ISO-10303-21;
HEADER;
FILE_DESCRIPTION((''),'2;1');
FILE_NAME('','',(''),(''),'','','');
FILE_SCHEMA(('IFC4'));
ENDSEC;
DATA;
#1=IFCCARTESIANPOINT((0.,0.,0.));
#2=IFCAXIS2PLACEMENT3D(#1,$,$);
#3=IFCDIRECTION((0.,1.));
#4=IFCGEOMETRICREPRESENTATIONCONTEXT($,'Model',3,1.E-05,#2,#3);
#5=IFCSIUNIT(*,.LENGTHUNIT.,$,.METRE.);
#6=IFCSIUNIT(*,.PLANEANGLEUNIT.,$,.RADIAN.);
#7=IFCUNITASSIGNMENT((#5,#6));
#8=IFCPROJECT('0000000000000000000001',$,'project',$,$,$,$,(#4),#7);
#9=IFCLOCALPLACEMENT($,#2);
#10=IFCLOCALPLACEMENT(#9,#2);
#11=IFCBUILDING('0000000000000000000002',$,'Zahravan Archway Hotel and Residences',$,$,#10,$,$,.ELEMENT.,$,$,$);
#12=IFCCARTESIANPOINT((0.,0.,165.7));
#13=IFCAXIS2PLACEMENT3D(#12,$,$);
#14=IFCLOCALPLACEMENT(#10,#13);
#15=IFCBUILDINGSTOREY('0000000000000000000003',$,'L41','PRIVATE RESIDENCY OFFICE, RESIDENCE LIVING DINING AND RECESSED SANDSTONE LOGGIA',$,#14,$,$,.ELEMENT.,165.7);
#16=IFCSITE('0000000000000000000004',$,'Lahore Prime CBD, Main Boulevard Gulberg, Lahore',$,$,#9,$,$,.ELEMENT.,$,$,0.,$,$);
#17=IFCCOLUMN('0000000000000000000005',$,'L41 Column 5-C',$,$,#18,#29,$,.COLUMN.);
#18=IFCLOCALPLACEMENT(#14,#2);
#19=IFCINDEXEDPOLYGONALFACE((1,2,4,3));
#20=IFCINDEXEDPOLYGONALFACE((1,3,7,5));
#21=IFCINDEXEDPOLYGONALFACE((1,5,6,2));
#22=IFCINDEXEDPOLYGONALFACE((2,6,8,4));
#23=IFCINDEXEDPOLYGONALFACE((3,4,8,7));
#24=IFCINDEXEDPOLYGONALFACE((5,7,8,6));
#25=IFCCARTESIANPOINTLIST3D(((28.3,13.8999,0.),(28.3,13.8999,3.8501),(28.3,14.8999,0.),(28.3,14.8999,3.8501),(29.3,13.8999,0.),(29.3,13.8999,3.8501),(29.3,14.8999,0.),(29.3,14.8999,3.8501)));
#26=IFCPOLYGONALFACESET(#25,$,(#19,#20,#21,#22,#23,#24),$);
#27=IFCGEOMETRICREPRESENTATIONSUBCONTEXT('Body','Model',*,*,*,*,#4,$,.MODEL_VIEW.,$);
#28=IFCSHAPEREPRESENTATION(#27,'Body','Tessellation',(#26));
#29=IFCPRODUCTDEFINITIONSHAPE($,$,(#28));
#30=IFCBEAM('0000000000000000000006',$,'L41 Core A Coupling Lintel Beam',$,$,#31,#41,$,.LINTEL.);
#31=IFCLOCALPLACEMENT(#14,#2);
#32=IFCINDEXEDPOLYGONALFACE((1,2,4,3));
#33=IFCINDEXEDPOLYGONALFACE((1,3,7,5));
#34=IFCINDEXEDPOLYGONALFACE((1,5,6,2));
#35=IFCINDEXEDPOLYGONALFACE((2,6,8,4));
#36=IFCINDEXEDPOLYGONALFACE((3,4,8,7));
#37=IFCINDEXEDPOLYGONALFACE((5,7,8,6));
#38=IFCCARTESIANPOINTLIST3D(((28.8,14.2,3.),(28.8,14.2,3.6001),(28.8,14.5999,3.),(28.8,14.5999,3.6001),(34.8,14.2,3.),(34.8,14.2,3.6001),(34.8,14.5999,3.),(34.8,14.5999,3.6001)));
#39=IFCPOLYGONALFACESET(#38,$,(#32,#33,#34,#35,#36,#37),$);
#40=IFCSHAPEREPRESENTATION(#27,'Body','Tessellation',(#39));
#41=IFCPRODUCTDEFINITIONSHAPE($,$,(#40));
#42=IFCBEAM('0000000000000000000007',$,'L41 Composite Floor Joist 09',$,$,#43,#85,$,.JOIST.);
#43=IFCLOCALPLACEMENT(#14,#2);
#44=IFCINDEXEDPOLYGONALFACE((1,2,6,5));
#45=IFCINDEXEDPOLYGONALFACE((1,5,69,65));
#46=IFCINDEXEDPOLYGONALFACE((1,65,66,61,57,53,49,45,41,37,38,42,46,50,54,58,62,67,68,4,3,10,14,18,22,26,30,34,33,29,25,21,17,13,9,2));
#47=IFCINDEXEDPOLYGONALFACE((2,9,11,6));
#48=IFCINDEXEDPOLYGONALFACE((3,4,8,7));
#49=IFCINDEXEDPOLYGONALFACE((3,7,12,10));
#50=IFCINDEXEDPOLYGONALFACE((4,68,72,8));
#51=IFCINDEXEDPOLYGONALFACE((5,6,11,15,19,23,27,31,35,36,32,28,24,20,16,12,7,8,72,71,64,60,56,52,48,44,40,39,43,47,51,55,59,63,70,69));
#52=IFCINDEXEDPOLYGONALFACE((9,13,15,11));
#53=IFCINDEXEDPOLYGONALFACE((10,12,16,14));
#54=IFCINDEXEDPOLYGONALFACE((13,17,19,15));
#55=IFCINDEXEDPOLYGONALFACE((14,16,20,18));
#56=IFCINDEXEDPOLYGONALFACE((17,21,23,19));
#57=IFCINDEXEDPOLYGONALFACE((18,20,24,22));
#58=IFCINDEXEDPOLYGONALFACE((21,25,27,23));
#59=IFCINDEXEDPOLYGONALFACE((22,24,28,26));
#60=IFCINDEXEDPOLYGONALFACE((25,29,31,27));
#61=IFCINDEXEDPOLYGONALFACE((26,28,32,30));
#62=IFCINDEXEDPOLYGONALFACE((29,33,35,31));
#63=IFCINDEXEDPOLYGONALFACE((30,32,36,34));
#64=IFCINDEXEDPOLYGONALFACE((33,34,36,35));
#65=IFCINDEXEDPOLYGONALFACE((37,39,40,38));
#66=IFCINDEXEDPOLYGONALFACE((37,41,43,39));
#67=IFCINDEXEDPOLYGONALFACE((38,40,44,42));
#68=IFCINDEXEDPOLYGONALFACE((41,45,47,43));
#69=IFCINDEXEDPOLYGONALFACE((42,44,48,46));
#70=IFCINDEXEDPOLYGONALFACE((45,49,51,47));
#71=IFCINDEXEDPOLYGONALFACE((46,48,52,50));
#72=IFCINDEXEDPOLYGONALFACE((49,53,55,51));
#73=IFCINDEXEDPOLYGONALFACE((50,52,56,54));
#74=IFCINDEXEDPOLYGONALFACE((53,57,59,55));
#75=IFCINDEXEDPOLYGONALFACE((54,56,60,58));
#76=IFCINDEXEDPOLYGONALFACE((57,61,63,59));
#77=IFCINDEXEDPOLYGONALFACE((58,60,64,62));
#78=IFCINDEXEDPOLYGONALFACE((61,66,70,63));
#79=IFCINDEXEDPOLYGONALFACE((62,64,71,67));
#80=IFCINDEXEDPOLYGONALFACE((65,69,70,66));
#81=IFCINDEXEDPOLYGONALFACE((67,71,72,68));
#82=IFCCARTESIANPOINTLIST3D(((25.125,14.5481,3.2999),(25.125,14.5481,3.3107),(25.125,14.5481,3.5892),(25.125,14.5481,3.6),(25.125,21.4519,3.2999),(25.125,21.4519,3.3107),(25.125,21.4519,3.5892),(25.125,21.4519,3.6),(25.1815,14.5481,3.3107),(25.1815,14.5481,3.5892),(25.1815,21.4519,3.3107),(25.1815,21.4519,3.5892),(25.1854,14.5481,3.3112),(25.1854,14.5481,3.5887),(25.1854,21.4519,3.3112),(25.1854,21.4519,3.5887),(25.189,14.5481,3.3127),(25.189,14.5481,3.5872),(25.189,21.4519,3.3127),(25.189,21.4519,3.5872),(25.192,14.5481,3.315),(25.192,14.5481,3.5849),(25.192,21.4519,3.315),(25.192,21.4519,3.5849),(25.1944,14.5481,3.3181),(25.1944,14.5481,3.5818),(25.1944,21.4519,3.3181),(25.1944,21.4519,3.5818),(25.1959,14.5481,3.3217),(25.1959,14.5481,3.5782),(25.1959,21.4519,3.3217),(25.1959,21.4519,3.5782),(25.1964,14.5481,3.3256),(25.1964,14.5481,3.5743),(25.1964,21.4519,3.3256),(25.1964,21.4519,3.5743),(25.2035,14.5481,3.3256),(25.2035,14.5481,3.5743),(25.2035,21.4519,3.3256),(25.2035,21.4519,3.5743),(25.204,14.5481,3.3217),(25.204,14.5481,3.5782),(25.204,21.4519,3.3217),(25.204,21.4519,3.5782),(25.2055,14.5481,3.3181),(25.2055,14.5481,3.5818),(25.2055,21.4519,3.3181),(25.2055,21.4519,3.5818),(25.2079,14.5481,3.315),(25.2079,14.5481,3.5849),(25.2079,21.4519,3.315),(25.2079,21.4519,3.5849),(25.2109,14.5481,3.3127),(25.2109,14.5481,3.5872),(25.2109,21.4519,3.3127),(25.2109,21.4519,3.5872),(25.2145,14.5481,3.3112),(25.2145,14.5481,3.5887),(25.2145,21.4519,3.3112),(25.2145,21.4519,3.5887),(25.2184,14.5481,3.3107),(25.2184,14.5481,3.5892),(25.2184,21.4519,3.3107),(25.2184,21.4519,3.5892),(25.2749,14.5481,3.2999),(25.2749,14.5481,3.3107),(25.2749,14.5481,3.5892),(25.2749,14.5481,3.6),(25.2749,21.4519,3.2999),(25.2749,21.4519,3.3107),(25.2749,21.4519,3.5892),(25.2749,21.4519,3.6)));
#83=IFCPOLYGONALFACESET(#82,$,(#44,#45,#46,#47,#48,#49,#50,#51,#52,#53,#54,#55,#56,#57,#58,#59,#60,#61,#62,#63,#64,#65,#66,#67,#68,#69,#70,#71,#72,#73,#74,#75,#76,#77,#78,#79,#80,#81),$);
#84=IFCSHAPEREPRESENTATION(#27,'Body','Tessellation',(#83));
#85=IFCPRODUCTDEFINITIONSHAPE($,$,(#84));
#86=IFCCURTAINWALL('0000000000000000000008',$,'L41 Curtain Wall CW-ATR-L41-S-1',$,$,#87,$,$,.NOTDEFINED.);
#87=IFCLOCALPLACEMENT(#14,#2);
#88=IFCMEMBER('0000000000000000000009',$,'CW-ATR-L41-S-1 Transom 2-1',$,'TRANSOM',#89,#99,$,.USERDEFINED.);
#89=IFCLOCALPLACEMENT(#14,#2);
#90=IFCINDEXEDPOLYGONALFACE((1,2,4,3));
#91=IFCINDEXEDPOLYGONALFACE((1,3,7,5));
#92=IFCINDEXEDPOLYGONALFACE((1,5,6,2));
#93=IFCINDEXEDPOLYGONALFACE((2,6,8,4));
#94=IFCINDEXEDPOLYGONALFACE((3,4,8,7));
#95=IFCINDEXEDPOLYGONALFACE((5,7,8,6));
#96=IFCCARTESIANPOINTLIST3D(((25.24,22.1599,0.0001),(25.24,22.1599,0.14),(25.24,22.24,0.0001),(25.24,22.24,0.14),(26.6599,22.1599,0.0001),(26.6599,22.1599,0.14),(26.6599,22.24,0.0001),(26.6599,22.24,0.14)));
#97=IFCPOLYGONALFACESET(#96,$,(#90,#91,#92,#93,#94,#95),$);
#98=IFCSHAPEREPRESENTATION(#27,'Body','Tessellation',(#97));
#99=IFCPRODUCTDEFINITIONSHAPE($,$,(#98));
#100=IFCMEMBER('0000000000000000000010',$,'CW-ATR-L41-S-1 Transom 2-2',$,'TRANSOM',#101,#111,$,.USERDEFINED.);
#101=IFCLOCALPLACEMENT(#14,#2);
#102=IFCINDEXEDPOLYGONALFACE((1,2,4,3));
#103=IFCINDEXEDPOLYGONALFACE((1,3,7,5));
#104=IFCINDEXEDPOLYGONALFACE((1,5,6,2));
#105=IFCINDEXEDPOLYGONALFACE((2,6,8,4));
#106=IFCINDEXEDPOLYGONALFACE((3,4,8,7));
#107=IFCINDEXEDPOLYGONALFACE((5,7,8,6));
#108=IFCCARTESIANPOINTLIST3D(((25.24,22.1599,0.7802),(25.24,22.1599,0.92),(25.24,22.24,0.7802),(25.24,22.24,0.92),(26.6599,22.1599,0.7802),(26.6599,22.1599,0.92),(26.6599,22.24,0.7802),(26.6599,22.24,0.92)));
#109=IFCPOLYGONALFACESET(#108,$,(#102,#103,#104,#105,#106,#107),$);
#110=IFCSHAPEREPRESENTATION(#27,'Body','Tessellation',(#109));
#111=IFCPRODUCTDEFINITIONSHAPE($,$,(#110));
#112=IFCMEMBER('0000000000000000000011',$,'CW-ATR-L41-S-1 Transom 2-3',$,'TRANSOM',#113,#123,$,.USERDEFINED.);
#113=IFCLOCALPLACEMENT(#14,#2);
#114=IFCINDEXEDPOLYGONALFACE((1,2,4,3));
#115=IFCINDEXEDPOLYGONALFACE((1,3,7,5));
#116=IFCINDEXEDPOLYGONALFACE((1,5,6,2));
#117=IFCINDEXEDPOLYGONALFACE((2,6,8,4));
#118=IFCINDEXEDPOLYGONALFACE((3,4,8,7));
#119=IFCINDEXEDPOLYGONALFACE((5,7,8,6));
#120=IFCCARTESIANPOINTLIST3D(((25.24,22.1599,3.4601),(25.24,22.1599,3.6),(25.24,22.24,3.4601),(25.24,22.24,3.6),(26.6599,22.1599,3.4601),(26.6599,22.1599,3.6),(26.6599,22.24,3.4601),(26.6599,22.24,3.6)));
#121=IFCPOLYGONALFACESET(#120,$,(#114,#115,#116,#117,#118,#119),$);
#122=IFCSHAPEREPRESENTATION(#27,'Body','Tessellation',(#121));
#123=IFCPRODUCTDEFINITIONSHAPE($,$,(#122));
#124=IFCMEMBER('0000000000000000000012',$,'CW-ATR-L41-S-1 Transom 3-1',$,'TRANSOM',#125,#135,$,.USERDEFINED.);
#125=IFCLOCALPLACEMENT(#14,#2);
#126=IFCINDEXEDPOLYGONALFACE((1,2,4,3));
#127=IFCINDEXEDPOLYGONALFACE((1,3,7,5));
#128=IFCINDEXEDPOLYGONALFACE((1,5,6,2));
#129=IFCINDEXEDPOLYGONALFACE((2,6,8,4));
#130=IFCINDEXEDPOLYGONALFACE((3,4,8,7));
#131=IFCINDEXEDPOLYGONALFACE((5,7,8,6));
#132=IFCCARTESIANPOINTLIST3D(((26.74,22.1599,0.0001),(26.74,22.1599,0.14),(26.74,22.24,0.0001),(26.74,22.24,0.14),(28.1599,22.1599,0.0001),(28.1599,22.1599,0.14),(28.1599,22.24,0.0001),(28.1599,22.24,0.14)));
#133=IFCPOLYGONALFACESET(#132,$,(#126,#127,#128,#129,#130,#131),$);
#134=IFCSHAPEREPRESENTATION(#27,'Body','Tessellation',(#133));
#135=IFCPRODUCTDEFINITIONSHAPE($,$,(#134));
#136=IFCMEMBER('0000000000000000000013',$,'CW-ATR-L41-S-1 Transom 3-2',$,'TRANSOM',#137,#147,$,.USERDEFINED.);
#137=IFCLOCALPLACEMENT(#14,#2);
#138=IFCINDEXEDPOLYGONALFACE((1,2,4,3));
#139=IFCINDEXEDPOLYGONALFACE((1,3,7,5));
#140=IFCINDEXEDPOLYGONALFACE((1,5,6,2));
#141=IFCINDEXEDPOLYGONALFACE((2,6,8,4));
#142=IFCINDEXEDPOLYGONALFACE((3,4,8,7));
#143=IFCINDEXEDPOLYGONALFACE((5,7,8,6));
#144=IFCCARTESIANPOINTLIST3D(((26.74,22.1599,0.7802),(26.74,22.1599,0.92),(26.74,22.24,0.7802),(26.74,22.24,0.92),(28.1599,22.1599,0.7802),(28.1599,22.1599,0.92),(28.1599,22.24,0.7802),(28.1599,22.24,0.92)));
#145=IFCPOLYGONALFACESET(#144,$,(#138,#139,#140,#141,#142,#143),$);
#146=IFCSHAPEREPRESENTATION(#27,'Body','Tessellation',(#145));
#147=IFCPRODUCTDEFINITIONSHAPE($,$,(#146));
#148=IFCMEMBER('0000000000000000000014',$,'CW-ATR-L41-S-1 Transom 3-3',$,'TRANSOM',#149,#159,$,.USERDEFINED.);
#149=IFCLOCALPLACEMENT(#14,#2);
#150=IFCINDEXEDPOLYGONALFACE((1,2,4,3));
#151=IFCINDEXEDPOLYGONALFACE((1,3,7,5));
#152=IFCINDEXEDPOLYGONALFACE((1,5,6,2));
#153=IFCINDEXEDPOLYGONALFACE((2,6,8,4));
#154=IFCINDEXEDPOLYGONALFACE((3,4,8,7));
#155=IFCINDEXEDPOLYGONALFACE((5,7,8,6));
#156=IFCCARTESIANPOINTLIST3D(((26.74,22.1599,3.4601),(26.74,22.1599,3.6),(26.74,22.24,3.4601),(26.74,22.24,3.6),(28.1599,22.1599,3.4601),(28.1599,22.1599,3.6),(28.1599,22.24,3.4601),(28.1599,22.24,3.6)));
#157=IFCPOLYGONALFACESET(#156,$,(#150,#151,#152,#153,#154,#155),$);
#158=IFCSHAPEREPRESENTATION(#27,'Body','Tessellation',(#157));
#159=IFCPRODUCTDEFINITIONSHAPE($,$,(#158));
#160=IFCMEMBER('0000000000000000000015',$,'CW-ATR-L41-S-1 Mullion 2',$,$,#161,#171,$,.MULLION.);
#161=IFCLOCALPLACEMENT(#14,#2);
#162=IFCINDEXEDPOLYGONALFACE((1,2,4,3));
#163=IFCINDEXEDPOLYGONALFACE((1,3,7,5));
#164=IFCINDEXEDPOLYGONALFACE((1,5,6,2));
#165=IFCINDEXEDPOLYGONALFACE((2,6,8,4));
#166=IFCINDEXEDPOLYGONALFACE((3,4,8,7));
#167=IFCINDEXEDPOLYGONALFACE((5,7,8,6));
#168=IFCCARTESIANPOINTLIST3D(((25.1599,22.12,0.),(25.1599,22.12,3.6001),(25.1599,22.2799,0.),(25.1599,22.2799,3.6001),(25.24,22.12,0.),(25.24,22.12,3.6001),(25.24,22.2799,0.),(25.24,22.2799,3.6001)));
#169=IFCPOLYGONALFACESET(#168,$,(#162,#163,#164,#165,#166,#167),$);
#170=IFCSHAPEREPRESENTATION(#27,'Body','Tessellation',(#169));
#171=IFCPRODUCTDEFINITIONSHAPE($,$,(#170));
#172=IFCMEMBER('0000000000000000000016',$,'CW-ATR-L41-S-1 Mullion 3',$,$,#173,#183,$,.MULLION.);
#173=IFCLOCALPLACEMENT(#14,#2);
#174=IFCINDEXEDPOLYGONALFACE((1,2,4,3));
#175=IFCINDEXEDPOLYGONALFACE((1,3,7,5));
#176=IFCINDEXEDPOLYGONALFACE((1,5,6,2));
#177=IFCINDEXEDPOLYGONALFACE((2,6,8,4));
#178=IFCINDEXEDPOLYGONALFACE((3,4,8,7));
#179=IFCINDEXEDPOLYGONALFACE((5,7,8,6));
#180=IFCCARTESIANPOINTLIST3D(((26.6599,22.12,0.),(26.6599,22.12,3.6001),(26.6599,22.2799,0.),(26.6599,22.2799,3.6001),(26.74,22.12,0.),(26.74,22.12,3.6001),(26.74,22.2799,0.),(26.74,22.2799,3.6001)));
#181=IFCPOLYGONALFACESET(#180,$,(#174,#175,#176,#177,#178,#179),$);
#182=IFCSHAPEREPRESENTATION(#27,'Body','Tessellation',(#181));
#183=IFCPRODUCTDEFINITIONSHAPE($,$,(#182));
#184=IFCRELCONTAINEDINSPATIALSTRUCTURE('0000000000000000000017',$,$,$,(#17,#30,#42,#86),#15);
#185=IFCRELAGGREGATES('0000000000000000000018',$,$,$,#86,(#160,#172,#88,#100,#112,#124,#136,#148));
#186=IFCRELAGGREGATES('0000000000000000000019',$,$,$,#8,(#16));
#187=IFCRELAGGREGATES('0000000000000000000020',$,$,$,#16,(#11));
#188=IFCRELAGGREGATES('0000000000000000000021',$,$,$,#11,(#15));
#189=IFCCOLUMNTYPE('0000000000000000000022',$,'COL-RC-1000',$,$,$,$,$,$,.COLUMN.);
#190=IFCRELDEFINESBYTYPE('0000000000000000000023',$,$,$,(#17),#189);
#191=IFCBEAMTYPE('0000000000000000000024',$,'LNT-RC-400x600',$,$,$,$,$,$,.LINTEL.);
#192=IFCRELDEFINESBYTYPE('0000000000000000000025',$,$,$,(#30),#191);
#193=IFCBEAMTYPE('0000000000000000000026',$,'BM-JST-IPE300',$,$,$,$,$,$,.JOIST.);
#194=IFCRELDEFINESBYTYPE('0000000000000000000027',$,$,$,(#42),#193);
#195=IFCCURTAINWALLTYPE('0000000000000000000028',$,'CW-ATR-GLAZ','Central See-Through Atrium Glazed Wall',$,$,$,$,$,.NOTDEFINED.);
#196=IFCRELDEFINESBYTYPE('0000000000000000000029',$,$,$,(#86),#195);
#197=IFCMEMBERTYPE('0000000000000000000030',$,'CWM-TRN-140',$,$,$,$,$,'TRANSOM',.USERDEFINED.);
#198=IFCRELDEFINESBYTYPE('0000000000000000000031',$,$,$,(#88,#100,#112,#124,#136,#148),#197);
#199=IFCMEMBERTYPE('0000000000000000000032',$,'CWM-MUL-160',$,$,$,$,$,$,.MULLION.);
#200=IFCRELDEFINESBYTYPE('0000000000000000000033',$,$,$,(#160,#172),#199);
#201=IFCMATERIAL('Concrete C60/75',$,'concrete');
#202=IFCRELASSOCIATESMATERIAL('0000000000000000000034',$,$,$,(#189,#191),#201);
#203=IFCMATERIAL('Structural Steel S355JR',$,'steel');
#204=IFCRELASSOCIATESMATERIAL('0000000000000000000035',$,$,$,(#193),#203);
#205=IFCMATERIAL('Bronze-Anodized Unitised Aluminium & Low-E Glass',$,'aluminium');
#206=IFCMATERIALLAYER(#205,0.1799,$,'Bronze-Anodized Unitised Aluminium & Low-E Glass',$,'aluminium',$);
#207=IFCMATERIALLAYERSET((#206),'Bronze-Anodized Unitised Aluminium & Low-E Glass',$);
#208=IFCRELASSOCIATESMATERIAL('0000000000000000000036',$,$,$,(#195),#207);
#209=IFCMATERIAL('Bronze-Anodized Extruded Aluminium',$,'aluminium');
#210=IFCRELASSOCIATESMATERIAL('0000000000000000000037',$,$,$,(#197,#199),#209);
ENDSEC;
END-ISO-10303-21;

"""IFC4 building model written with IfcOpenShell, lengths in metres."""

from ifc_helpers import new_model, si_unit, direction, frame, origin, origin_2d, place, context, subcontext, project, spatial, rectangle, i_section, extrude, source, transform, mapped, material, layer, layer_set, material_profile, profile_set, type_object, type_shapes, element, aggregate, save


model = new_model("IFC4")

# Units and contexts
model_context = context("Model", 3, precision=1e-05, world=origin(), true_north=direction((0.0, 1.0)))
body_context = subcontext(model_context, "Body", "Model", "MODEL_VIEW")
ifc_project = project(units=[si_unit("LENGTHUNIT", "METRE"), si_unit("PLANEANGLEUNIT", "RADIAN")], contexts=[model_context])

# Site, building, storey
site_placement = place(None, origin())
site = spatial("IfcSite", under=ifc_project, at=site_placement, Name="Lahore Prime CBD, Main Boulevard Gulberg, Lahore", CompositionType="ELEMENT", RefElevation=0.0)
building_placement = place(site_placement, origin())
building = spatial("IfcBuilding", under=site, at=building_placement, Name="Zahravan Archway Hotel and Residences", CompositionType="ELEMENT")
storey_placement = place(building_placement, frame((0.0, 0.0, 165.7)))
storey = spatial("IfcBuildingStorey", under=building, at=storey_placement, Name="L41", Description="PRIVATE RESIDENCY OFFICE, RESIDENCE LIVING DINING AND RECESSED SANDSTONE LOGGIA", CompositionType="ELEMENT", Elevation=165.7)

# Column
ifc_material_1 = material(Name="Concrete C60/75", Category="concrete")
ifc_material_profile_1 = material_profile(ifc_material_1, rectangle(XDim=1.0, YDim=1.0, at=origin_2d()), Name="RC-COL-1000x1000", Category="concrete")
ifc_profile_set_1 = profile_set([ifc_material_profile_1], Name="Concrete C60/75")
column_type = type_object("IfcColumnType", Name="COL-RC-1000", PredefinedType="COLUMN", material=ifc_profile_set_1)
shared_shape_1 = source(origin(), body_context, "Body", "SweptSolid", [
    extrude(rectangle(XDim=1.0, YDim=1.0, at=origin_2d()), origin(), (0.0, 0.0, 1.0), 3.8501),
])
column_placement = place(storey_placement, frame((28.8, 14.3999, 0.0), z_axis=(0.0, 0.0, 1.0), x_axis=(1.0, 0.0, 0.0)))
element("IfcColumn", 1, at=column_placement, inside=storey, type_object=column_type, Name="L41 Column 5-C", PredefinedType="COLUMN", context=body_context, shape_type="MappedRepresentation", body=[
    mapped(shared_shape_1, transform((0.0, 0.0, 0.0), scale=1.0)),
])

# Beams
ifc_material_profile_2 = material_profile(ifc_material_1, rectangle(XDim=0.3999, YDim=0.6001, at=origin_2d()), Name="RC-LNT-400x600", Category="concrete")
ifc_profile_set_2 = profile_set([ifc_material_profile_2], Name="Concrete C60/75")
beam_type_1 = type_object("IfcBeamType", Name="LNT-RC-400x600", PredefinedType="LINTEL", material=ifc_profile_set_2)
shared_shape_2 = source(origin(), body_context, "Body", "SweptSolid", [
    extrude(rectangle(XDim=0.3999, YDim=0.6001, at=origin_2d()), origin(), (0.0, 0.0, 1.0), 6.0),
])
type_shapes(beam_type_1, [shared_shape_2])
beam_1_placement = place(storey_placement, frame((28.8, 14.3999, 3.3), z_axis=(1.0, 0.0, 0.0), x_axis=(0.0, 1.0, 0.0)))
element("IfcBeam", 2, at=beam_1_placement, inside=storey, type_object=beam_type_1, Name="L41 Core A Coupling Lintel Beam", PredefinedType="LINTEL", context=body_context, shape_type="MappedRepresentation", body=[
    mapped(shared_shape_2, transform((0.0, 0.0, 0.0), scale=1.0)),
])
ifc_material_2 = material(Name="Structural Steel S355JR", Category="steel")
ifc_material_profile_3 = material_profile(ifc_material_2, i_section(OverallWidth=0.1499, OverallDepth=0.3, WebThickness=0.0071, FlangeThickness=0.0107, FilletRadius=0.0149, at=origin_2d()), Name="IPE 300", Category="steel")
ifc_profile_set_3 = profile_set([ifc_material_profile_3], Name="Structural Steel S355JR")
beam_type_2 = type_object("IfcBeamType", Name="BM-JST-IPE300", PredefinedType="JOIST", material=ifc_profile_set_3)
shared_shape_3 = source(origin(), body_context, "Body", "SweptSolid", [
    extrude(i_section(OverallWidth=0.1499, OverallDepth=0.3, WebThickness=0.0071, FlangeThickness=0.0107, FilletRadius=0.0149, at=origin_2d()), origin(), (0.0, 0.0, 1.0), 6.9038),
])
beam_2_placement = place(storey_placement, frame((25.2, 14.5481, 3.45), z_axis=(0.0, 1.0, 0.0), x_axis=(-1.0, 0.0, 0.0)))
element("IfcBeam", 3, at=beam_2_placement, inside=storey, type_object=beam_type_2, Name="L41 Composite Floor Joist 09", PredefinedType="JOIST", context=body_context, shape_type="MappedRepresentation", body=[
    mapped(shared_shape_3, transform((0.0, 0.0, 0.0), scale=1.0)),
])

# Curtain wall, members
ifc_material_3 = material(Name="Bronze-Anodized Unitised Aluminium & Low-E Glass", Category="aluminium")
ifc_layer_1 = layer(ifc_material_3, 0.1799, Name="Bronze-Anodized Unitised Aluminium & Low-E Glass", Category="aluminium")
ifc_layer_set_1 = layer_set([ifc_layer_1], Name="Bronze-Anodized Unitised Aluminium & Low-E Glass")
curtain_wall_type = type_object("IfcCurtainWallType", Name="CW-ATR-GLAZ", Description="Central See-Through Atrium Glazed Wall", PredefinedType="NOTDEFINED", material=ifc_layer_set_1)
curtain_wall_placement = place(storey_placement, origin())
curtain_wall = element("IfcCurtainWall", 4, at=curtain_wall_placement, inside=storey, type_object=curtain_wall_type, Name="L41 Curtain Wall CW-ATR-L41-S-1", PredefinedType="NOTDEFINED")
ifc_material_4 = material(Name="Bronze-Anodized Extruded Aluminium", Category="aluminium")
ifc_material_profile_4 = material_profile(ifc_material_4, rectangle(XDim=0.0801, YDim=0.1399, at=origin_2d()), Name="TRN 80x140", Category="aluminium")
ifc_profile_set_4 = profile_set([ifc_material_profile_4], Name="Bronze-Anodized Extruded Aluminium")
member_type_1 = type_object("IfcMemberType", Name="CWM-TRN-140", ElementType="TRANSOM", PredefinedType="USERDEFINED", material=ifc_profile_set_4)
shared_shape_4 = source(origin(), body_context, "Body", "SweptSolid", [
    extrude(rectangle(XDim=0.0801, YDim=0.1399, at=origin_2d()), origin(), (0.0, 0.0, 1.0), 1.4199),
])
member_1_placement = place(storey_placement, frame((25.24, 22.2, 0.0701), z_axis=(1.0, 0.0, 0.0), x_axis=(0.0, 1.0, 0.0)))
member_1 = element("IfcMember", 5, at=member_1_placement, type_object=member_type_1, Name="CW-ATR-L41-S-1 Transom 2-1", ObjectType="TRANSOM", PredefinedType="USERDEFINED", context=body_context, shape_type="MappedRepresentation", body=[
    mapped(shared_shape_4, transform((0.0, 0.0, 0.0), scale=1.0)),
])
member_2_placement = place(storey_placement, frame((25.24, 22.2, 0.8501), z_axis=(1.0, 0.0, 0.0), x_axis=(0.0, 1.0, 0.0)))
member_2 = element("IfcMember", 6, at=member_2_placement, type_object=member_type_1, Name="CW-ATR-L41-S-1 Transom 2-2", ObjectType="TRANSOM", PredefinedType="USERDEFINED", context=body_context, shape_type="MappedRepresentation", body=[
    mapped(shared_shape_4, transform((0.0, 0.0, 0.0), scale=1.0)),
])
member_3_placement = place(storey_placement, frame((25.24, 22.2, 3.53), z_axis=(1.0, 0.0, 0.0), x_axis=(0.0, 1.0, 0.0)))
member_3 = element("IfcMember", 7, at=member_3_placement, type_object=member_type_1, Name="CW-ATR-L41-S-1 Transom 2-3", ObjectType="TRANSOM", PredefinedType="USERDEFINED", context=body_context, shape_type="MappedRepresentation", body=[
    mapped(shared_shape_4, transform((0.0, 0.0, 0.0), scale=1.0)),
])
member_4_placement = place(storey_placement, frame((26.74, 22.2, 0.0701), z_axis=(1.0, 0.0, 0.0), x_axis=(0.0, 1.0, 0.0)))
member_4 = element("IfcMember", 8, at=member_4_placement, type_object=member_type_1, Name="CW-ATR-L41-S-1 Transom 3-1", ObjectType="TRANSOM", PredefinedType="USERDEFINED", context=body_context, shape_type="MappedRepresentation", body=[
    mapped(shared_shape_4, transform((0.0, 0.0, 0.0), scale=1.0)),
])
member_5_placement = place(storey_placement, frame((26.74, 22.2, 0.8501), z_axis=(1.0, 0.0, 0.0), x_axis=(0.0, 1.0, 0.0)))
member_5 = element("IfcMember", 9, at=member_5_placement, type_object=member_type_1, Name="CW-ATR-L41-S-1 Transom 3-2", ObjectType="TRANSOM", PredefinedType="USERDEFINED", context=body_context, shape_type="MappedRepresentation", body=[
    mapped(shared_shape_4, transform((0.0, 0.0, 0.0), scale=1.0)),
])
member_6_placement = place(storey_placement, frame((26.74, 22.2, 3.53), z_axis=(1.0, 0.0, 0.0), x_axis=(0.0, 1.0, 0.0)))
member_6 = element("IfcMember", 10, at=member_6_placement, type_object=member_type_1, Name="CW-ATR-L41-S-1 Transom 3-3", ObjectType="TRANSOM", PredefinedType="USERDEFINED", context=body_context, shape_type="MappedRepresentation", body=[
    mapped(shared_shape_4, transform((0.0, 0.0, 0.0), scale=1.0)),
])
ifc_material_profile_5 = material_profile(ifc_material_4, rectangle(XDim=0.0801, YDim=0.1599, at=origin_2d()), Name="MUL 80x160", Category="aluminium")
ifc_profile_set_5 = profile_set([ifc_material_profile_5], Name="Bronze-Anodized Extruded Aluminium")
member_type_2 = type_object("IfcMemberType", Name="CWM-MUL-160", PredefinedType="MULLION", material=ifc_profile_set_5)
shared_shape_5 = source(origin(), body_context, "Body", "SweptSolid", [
    extrude(rectangle(XDim=0.0801, YDim=0.1599, at=origin_2d()), origin(), (0.0, 0.0, 1.0), 3.6001),
])
member_7_placement = place(storey_placement, frame((25.2, 22.2, 0.0), z_axis=(0.0, 0.0, 1.0), x_axis=(1.0, 0.0, 0.0)))
member_7 = element("IfcMember", 11, at=member_7_placement, type_object=member_type_2, Name="CW-ATR-L41-S-1 Mullion 2", PredefinedType="MULLION", context=body_context, shape_type="MappedRepresentation", body=[
    mapped(shared_shape_5, transform((0.0, 0.0, 0.0), scale=1.0)),
])
member_8_placement = place(storey_placement, frame((26.7, 22.2, 0.0), z_axis=(0.0, 0.0, 1.0), x_axis=(1.0, 0.0, 0.0)))
member_8 = element("IfcMember", 12, at=member_8_placement, type_object=member_type_2, Name="CW-ATR-L41-S-1 Mullion 3", PredefinedType="MULLION", context=body_context, shape_type="MappedRepresentation", body=[
    mapped(shared_shape_5, transform((0.0, 0.0, 0.0), scale=1.0)),
])
aggregate(curtain_wall, [member_7, member_8, member_1, member_2, member_3, member_4, member_5, member_6])

save(model, "model.ifc")
